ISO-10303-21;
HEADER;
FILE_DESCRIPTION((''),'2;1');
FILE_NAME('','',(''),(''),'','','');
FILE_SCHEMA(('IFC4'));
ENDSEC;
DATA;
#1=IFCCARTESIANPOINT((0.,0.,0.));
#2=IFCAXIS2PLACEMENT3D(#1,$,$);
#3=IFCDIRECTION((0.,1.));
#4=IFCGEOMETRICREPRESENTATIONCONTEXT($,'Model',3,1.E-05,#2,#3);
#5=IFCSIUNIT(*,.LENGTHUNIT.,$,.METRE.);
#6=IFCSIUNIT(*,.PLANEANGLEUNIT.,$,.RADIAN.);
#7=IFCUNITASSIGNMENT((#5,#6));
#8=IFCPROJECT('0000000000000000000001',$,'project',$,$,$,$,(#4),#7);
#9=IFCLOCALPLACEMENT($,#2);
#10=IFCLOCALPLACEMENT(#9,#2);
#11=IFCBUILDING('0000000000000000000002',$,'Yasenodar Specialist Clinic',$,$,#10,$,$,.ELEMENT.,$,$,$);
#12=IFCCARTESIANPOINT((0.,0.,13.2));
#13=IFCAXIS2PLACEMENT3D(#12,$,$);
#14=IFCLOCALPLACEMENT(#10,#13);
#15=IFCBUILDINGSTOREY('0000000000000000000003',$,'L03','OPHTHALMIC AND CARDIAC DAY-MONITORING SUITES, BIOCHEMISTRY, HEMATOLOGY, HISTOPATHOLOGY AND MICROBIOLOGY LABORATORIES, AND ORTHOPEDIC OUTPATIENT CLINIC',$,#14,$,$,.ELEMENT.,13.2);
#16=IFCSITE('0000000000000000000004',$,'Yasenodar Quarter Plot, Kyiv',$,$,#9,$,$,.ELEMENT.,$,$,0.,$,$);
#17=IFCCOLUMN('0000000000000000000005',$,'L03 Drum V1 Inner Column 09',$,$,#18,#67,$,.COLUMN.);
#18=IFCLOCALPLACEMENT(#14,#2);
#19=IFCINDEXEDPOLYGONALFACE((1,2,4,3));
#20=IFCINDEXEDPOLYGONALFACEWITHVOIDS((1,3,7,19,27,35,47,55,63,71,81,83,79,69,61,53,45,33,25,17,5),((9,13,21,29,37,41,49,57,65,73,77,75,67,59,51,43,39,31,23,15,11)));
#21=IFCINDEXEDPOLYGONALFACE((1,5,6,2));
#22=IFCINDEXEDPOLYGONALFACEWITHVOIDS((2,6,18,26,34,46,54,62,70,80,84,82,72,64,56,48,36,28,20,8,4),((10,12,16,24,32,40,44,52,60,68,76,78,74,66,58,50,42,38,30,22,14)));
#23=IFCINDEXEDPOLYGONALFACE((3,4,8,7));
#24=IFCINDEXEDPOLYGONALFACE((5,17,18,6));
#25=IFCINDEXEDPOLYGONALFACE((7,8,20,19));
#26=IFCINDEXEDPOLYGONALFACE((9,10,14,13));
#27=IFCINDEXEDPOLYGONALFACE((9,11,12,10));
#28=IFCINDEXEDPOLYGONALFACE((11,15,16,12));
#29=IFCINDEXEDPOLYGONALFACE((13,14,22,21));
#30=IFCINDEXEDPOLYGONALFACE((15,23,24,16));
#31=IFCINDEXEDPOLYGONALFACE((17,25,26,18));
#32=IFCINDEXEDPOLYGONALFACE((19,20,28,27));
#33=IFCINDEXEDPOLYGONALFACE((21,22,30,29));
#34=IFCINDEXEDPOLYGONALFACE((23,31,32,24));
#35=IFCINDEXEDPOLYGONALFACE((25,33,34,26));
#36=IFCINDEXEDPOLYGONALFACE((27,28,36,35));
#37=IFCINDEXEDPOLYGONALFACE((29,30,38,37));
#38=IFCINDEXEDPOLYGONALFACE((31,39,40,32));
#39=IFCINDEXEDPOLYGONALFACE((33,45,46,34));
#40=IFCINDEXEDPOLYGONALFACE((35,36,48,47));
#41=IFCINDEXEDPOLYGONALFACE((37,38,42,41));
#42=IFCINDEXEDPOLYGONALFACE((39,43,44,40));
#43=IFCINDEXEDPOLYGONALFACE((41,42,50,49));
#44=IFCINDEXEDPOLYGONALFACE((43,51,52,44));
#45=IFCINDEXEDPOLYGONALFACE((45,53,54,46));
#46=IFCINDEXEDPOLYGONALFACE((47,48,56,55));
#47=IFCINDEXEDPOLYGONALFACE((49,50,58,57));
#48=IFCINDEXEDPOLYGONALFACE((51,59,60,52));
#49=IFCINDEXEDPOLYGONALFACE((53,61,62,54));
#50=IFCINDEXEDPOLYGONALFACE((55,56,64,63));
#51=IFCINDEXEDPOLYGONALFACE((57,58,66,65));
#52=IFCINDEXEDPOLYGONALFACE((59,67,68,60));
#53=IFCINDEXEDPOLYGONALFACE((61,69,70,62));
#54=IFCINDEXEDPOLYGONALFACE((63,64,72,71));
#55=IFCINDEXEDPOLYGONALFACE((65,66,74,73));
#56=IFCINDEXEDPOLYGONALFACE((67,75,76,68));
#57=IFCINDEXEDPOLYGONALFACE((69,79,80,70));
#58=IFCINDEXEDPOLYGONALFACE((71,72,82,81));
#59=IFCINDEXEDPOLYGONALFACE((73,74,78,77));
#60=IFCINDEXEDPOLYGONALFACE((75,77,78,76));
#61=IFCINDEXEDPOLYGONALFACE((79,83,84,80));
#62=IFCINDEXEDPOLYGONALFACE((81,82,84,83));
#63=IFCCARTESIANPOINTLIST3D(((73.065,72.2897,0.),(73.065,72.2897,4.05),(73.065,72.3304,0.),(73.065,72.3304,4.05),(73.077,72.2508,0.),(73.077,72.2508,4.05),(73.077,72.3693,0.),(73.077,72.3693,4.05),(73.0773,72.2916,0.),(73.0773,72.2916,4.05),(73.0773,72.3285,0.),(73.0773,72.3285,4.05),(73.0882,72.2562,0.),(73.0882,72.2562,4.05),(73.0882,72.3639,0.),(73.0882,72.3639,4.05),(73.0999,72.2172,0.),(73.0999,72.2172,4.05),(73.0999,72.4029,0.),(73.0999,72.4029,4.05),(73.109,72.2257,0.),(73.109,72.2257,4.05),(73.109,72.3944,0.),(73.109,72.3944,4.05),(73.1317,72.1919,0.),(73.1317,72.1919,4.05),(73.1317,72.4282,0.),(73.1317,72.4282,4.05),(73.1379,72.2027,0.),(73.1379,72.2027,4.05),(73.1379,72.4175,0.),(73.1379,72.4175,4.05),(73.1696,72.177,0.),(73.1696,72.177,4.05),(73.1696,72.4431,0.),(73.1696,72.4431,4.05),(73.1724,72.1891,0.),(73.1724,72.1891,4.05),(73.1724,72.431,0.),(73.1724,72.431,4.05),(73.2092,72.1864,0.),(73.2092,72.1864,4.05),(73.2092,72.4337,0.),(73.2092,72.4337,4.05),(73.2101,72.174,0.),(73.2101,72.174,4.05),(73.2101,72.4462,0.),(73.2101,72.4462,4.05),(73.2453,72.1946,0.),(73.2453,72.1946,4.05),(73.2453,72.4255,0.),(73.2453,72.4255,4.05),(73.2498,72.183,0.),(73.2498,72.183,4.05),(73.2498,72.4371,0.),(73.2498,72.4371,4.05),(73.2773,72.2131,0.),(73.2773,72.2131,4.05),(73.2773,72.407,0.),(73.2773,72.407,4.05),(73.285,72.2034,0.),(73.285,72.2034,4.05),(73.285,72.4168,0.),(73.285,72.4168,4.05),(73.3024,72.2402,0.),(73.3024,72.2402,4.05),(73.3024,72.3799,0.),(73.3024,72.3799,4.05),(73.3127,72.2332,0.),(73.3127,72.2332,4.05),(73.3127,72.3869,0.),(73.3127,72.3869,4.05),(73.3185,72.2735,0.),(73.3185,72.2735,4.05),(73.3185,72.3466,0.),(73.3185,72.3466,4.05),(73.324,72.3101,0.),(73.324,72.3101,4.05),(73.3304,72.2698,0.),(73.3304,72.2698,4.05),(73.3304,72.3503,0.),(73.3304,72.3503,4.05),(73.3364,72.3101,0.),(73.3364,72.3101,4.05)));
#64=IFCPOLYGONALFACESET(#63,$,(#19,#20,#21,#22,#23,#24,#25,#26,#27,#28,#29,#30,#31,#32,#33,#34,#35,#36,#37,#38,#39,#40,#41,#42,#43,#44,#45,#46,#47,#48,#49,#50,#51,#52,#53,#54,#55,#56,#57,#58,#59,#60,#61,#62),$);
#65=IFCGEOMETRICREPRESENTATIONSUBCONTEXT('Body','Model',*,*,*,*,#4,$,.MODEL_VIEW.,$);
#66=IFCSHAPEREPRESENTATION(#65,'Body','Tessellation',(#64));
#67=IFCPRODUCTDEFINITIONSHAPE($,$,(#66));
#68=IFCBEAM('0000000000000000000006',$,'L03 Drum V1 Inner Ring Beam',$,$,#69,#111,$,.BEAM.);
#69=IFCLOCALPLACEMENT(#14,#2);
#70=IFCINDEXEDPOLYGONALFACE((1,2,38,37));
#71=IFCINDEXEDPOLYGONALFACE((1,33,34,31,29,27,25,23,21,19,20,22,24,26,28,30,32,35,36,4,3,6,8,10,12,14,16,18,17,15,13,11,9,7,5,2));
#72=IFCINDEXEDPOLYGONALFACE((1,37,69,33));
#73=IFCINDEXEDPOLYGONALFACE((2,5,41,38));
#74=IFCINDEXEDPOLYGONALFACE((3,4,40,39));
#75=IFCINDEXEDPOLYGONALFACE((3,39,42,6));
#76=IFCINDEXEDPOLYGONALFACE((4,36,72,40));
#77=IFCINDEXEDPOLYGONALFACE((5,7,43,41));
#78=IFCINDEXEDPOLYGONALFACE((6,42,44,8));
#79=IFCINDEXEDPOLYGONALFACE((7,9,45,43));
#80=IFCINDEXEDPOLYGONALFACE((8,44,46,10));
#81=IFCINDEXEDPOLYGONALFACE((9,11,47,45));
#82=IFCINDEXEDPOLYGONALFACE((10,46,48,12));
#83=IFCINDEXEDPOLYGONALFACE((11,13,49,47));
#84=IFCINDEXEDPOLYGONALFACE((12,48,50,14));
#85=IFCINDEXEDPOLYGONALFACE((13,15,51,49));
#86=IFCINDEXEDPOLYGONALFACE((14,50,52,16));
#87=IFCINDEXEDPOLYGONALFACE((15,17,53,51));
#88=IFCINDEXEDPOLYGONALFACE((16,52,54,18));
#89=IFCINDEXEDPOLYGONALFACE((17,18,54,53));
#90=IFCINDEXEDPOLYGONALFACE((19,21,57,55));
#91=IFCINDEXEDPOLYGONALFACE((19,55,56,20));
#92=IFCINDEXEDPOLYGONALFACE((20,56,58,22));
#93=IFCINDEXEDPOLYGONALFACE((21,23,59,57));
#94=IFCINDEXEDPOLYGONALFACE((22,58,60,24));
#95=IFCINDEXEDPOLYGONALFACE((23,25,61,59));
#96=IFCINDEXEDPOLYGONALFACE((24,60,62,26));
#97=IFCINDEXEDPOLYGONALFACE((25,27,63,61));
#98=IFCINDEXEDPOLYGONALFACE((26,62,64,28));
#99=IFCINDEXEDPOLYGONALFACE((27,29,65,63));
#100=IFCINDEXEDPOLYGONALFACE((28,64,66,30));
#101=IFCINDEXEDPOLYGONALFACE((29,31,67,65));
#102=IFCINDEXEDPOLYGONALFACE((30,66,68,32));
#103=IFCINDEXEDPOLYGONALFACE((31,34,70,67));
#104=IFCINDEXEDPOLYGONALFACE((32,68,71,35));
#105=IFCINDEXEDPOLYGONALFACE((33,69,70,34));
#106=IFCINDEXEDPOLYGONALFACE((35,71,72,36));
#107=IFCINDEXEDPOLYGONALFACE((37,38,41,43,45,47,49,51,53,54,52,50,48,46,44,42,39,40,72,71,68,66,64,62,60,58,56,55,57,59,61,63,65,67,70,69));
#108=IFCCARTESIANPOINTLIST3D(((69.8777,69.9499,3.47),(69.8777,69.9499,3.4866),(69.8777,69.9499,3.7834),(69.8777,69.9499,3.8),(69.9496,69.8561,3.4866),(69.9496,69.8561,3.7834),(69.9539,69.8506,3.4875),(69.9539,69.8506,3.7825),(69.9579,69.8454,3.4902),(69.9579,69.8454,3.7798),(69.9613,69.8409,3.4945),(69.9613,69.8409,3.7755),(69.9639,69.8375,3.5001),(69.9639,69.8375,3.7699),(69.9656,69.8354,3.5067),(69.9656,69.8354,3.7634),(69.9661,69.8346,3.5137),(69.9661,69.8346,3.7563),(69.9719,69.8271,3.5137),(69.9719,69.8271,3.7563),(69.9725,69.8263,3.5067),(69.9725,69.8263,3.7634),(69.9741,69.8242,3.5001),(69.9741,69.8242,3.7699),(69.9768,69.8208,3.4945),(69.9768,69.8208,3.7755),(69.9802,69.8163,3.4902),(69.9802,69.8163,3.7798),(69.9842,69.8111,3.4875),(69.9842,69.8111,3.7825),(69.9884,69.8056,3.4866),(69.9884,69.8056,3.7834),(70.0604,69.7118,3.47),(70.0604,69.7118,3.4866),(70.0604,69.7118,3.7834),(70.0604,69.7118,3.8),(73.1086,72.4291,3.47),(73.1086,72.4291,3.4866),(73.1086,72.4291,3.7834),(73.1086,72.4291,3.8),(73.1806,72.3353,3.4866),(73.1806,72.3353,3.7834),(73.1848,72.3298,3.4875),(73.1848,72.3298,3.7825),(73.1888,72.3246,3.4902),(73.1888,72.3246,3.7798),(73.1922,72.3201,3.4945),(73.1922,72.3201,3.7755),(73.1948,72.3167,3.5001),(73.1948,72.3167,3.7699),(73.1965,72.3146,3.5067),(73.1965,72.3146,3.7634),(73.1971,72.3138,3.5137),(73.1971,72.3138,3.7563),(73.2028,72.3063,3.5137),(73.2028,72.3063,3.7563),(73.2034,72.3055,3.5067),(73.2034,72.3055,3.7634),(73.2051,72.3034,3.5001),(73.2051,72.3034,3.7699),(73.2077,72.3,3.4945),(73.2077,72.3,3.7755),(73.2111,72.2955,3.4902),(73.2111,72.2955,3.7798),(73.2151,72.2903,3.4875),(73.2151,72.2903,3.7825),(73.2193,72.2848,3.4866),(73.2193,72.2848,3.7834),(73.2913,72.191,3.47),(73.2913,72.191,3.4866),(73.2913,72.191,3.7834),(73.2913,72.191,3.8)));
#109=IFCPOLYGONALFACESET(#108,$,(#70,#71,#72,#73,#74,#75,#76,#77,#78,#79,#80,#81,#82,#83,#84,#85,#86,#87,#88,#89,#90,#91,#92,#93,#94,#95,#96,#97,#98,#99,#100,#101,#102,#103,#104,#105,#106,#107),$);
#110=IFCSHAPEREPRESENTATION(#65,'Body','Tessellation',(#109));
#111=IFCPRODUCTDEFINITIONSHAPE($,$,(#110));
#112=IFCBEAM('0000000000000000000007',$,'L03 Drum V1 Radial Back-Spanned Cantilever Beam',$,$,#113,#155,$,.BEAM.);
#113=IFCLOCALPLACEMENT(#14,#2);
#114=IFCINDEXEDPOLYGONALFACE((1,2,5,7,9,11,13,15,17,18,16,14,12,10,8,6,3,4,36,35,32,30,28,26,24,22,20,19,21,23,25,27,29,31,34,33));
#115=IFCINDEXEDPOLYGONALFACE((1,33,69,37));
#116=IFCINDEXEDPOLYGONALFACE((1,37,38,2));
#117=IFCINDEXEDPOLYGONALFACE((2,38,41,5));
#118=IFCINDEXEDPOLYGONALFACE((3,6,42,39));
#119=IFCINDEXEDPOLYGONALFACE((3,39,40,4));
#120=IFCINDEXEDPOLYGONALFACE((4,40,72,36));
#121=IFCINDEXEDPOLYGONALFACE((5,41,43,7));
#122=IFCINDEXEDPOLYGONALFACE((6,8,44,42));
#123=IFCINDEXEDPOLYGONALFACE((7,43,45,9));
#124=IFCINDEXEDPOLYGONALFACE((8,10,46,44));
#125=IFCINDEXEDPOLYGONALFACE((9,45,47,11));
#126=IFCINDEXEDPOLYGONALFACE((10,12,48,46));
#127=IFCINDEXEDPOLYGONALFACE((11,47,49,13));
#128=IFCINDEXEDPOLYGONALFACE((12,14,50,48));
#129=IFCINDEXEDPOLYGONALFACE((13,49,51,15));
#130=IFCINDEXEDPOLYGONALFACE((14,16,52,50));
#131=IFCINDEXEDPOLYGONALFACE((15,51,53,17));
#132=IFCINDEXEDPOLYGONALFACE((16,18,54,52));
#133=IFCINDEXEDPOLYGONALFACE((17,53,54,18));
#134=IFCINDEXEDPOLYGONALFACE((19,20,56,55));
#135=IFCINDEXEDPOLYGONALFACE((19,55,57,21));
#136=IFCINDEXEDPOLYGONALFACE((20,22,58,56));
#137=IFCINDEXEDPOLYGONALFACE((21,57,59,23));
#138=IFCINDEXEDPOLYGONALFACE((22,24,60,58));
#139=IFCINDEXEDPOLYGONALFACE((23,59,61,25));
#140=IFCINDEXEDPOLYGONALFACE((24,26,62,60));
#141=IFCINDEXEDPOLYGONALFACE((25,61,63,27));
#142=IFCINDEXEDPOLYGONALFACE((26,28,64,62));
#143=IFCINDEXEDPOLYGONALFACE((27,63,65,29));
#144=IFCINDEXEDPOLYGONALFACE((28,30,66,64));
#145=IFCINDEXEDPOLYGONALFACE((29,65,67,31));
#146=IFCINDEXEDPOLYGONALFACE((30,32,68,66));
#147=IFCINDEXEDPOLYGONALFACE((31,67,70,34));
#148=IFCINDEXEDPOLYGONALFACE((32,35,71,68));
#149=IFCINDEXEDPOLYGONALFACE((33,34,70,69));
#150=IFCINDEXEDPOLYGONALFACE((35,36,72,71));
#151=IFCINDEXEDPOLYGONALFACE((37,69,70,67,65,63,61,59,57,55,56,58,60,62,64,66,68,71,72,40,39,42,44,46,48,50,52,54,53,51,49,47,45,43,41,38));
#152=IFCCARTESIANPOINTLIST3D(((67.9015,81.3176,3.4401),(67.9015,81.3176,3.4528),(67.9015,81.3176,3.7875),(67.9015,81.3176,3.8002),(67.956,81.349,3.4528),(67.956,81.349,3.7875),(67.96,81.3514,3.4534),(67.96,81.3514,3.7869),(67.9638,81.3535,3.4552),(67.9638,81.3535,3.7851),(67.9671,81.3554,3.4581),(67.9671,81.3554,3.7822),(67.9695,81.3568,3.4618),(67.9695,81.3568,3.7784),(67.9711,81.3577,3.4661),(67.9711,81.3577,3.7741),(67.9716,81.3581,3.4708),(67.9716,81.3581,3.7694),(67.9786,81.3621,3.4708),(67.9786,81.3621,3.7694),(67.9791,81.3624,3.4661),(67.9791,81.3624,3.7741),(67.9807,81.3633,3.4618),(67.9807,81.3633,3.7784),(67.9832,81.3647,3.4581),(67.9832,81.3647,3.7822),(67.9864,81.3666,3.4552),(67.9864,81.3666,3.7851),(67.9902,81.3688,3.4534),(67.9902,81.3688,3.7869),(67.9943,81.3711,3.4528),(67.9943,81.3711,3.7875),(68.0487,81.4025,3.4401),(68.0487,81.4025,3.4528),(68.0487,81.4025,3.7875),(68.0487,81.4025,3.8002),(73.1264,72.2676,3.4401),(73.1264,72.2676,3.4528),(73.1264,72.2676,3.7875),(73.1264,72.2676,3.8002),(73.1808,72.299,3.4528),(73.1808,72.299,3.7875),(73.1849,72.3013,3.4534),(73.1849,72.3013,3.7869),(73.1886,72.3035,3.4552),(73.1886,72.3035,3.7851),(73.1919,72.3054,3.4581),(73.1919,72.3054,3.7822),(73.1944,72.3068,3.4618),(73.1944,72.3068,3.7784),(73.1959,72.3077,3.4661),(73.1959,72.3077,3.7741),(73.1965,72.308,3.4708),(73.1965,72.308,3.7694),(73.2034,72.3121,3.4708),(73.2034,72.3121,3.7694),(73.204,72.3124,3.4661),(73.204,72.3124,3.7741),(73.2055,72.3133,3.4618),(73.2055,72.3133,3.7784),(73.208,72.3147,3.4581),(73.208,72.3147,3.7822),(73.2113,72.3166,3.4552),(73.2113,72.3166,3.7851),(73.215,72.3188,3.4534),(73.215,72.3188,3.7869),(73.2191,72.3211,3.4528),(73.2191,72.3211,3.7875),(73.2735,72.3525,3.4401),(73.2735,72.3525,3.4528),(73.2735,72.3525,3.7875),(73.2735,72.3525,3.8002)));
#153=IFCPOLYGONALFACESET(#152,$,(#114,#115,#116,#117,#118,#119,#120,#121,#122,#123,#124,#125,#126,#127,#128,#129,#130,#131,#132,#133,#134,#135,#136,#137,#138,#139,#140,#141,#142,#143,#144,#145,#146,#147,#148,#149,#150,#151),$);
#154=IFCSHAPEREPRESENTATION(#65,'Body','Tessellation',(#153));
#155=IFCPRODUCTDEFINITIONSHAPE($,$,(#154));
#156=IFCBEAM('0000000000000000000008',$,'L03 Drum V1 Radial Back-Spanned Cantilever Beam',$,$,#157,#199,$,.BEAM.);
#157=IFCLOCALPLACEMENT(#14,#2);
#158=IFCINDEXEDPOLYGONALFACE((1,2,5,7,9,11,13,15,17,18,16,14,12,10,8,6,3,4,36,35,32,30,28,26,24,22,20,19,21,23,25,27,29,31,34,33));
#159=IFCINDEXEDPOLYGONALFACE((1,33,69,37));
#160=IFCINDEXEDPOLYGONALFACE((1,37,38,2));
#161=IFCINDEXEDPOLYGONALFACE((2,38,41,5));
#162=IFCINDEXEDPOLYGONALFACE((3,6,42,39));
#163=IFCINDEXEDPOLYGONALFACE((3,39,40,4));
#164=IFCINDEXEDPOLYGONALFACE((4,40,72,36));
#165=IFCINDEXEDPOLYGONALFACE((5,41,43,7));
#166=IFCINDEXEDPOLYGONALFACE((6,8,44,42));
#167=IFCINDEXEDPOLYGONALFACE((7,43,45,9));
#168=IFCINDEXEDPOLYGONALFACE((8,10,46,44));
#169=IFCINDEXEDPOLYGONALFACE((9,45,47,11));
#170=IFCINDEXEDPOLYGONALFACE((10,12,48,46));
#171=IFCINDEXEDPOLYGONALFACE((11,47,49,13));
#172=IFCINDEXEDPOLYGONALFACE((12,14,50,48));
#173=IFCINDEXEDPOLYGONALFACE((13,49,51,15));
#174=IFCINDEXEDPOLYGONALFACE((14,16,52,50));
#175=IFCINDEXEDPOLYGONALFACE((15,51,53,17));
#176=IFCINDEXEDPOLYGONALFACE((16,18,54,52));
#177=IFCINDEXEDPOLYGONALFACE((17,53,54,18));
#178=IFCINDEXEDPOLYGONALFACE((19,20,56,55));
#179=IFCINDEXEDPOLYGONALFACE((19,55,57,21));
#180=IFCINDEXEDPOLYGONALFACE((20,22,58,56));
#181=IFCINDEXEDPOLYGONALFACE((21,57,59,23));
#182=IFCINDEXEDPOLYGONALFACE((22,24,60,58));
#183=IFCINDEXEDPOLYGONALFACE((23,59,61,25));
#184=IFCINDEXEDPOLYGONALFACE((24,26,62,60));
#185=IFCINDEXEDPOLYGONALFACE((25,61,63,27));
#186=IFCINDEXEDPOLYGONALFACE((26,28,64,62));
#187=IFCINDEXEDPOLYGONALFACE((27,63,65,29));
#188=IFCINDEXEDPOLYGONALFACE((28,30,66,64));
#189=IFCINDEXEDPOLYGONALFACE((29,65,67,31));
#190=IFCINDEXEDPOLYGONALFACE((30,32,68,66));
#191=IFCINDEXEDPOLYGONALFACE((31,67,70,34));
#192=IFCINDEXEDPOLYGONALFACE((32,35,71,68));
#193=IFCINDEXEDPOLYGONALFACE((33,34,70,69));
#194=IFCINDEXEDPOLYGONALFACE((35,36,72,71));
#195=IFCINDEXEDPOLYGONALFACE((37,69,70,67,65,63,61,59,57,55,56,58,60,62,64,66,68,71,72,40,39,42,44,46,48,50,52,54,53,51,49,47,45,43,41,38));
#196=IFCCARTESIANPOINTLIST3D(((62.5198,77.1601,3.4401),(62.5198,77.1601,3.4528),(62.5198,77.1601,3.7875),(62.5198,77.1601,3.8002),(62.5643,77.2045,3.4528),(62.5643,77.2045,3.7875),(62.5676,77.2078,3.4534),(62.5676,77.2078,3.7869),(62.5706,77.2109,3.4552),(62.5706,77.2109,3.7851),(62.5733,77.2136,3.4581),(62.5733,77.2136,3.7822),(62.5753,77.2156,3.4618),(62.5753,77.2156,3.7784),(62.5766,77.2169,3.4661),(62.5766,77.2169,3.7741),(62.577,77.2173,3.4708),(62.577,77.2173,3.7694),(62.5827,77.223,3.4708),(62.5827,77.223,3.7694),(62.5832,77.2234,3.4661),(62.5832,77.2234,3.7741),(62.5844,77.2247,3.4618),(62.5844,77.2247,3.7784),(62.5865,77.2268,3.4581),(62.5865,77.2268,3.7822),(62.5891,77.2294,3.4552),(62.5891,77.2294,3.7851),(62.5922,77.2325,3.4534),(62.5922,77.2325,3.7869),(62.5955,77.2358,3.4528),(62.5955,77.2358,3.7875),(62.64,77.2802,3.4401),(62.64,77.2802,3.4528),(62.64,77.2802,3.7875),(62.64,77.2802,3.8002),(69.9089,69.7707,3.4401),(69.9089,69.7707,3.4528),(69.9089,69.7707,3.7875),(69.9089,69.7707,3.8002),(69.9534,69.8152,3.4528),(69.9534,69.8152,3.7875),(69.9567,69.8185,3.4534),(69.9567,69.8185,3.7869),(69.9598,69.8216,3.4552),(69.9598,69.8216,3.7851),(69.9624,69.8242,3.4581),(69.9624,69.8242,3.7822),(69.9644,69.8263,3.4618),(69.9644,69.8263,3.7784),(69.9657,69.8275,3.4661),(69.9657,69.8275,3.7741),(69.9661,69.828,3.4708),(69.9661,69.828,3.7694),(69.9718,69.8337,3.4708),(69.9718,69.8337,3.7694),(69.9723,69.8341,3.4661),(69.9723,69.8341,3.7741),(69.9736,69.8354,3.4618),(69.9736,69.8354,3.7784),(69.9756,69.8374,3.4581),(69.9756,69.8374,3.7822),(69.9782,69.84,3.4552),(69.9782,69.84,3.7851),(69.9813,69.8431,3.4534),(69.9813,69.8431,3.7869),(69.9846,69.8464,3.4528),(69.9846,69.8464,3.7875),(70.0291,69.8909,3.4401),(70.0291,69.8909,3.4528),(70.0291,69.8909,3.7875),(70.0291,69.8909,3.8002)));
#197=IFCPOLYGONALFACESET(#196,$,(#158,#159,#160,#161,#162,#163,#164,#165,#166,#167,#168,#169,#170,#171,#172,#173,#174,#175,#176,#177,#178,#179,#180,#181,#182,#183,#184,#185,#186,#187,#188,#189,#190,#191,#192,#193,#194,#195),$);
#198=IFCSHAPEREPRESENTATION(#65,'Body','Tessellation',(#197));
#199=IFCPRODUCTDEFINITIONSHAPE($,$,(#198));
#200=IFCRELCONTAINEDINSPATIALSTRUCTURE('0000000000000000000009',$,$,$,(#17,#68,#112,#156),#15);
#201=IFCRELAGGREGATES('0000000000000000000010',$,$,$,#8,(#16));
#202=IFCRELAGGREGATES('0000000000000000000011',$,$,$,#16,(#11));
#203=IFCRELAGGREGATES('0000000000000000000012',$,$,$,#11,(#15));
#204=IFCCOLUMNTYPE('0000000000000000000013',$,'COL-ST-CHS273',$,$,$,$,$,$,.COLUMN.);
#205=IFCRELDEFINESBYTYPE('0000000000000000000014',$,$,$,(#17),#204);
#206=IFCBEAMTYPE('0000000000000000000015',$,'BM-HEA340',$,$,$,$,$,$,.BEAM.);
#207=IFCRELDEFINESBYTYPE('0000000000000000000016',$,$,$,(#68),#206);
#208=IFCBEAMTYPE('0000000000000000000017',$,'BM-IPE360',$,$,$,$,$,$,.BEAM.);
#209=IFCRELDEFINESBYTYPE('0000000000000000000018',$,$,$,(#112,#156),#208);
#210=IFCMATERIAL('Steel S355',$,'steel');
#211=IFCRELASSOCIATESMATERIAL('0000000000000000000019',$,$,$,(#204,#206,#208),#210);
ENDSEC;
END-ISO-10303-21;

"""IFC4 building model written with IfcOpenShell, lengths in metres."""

from ifc_helpers import new_model, si_unit, direction, frame, origin, origin_2d, place, context, subcontext, project, spatial, hollow_circle, i_section, extrude, material, material_profile, profile_set, type_object, element, save


model = new_model("IFC4")

# Units and contexts
model_context = context("Model", 3, precision=1e-05, world=origin(), true_north=direction((0.0, 1.0)))
body_context = subcontext(model_context, "Body", "Model", "MODEL_VIEW")
ifc_project = project(units=[si_unit("LENGTHUNIT", "METRE"), si_unit("PLANEANGLEUNIT", "RADIAN")], contexts=[model_context])

# Site, building, storey
site_placement = place(None, origin())
site = spatial("IfcSite", under=ifc_project, at=site_placement, Name="Yasenodar Quarter Plot, Kyiv", CompositionType="ELEMENT", RefElevation=0.0)
building_placement = place(site_placement, origin())
building = spatial("IfcBuilding", under=site, at=building_placement, Name="Yasenodar Specialist Clinic", CompositionType="ELEMENT")
storey_placement = place(building_placement, frame((0.0, 0.0, 13.2)))
storey = spatial("IfcBuildingStorey", under=building, at=storey_placement, Name="L03", Description="OPHTHALMIC AND CARDIAC DAY-MONITORING SUITES, BIOCHEMISTRY, HEMATOLOGY, HISTOPATHOLOGY AND MICROBIOLOGY LABORATORIES, AND ORTHOPEDIC OUTPATIENT CLINIC", CompositionType="ELEMENT", Elevation=13.2)

# Column
ifc_material_1 = material(Name="Steel S355", Category="steel")
ifc_material_profile_1 = material_profile(ifc_material_1, hollow_circle(Radius=0.1365, WallThickness=0.0125, at=origin_2d()), Name="CHS 273x12.5")
ifc_profile_set_1 = profile_set([ifc_material_profile_1], Name="Steel S355")
column_type = type_object("IfcColumnType", Name="COL-ST-CHS273", PredefinedType="COLUMN", material=ifc_profile_set_1)
column_placement = place(storey_placement, frame((73.2, 72.3101, 0.0), z_axis=(0.0, 0.0, 1.0), x_axis=(1.0, 0.0, 0.0)))
element("IfcColumn", 1, at=column_placement, inside=storey, type_object=column_type, Name="L03 Drum V1 Inner Column 09", PredefinedType="COLUMN", context=body_context, shape_type="SweptSolid", body=[
    extrude(hollow_circle(Radius=0.1365, WallThickness=0.0125, at=origin_2d()), origin(), (0.0, 0.0, 1.0), 4.05),
])

# Beams
ifc_material_profile_2 = material_profile(ifc_material_1, i_section(OverallWidth=0.3, OverallDepth=0.3301, WebThickness=0.0095, FlangeThickness=0.0166, FilletRadius=0.0271, at=origin_2d()), Name="HEA 340")
ifc_profile_set_2 = profile_set([ifc_material_profile_2], Name="Steel S355")
beam_type_1 = type_object("IfcBeamType", Name="BM-HEA340", PredefinedType="BEAM", material=ifc_profile_set_2)
beam_placement = place(storey_placement, frame((73.2, 72.3101, 3.635), z_axis=(-0.793348, -0.608769, 0.0), x_axis=(0.608769, -0.793348, 0.0)))
element("IfcBeam", 2, at=beam_placement, inside=storey, type_object=beam_type_1, Name="L03 Drum V1 Inner Ring Beam", PredefinedType="BEAM", context=body_context, shape_type="SweptSolid", body=[
    extrude(i_section(OverallWidth=0.3, OverallDepth=0.3301, WebThickness=0.0095, FlangeThickness=0.0166, FilletRadius=0.0271, at=origin_2d()), origin(), (0.0, 0.0, 1.0), 4.0725),
])
ifc_material_profile_3 = material_profile(ifc_material_1, i_section(OverallWidth=0.1699, OverallDepth=0.3601, WebThickness=0.0081, FlangeThickness=0.0127, FilletRadius=0.0181, at=origin_2d()), Name="IPE 360")
ifc_profile_set_3 = profile_set([ifc_material_profile_3], Name="Steel S355")
beam_type_2 = type_object("IfcBeamType", Name="BM-IPE360", PredefinedType="BEAM", material=ifc_profile_set_3)
for number, where, z_axis, x_axis, name in (
    (3, (73.2, 72.3101, 3.6201), (-0.499986, 0.866033, 0.0), (-0.866033, -0.499986, 0.0), "L03 Drum V1 Radial Back-Spanned Cantilever Beam"),
    (4, (69.969, 69.8308, 3.6201), (-0.707095, 0.707118, 0.0), (-0.707118, -0.707095, 0.0), "L03 Drum V1 Radial Back-Spanned Cantilever Beam"),
):
    element("IfcBeam", number, at=place(storey_placement, frame(where, z_axis=z_axis, x_axis=x_axis)), inside=storey, type_object=beam_type_2, Name=name, PredefinedType="BEAM", context=body_context, shape_type="SweptSolid", body=[
        extrude(i_section(OverallWidth=0.1699, OverallDepth=0.3601, WebThickness=0.0081, FlangeThickness=0.0127, FilletRadius=0.0181, at=origin_2d()), origin(), (0.0, 0.0, 1.0), 10.45),
    ])

save(model, "model.ifc")
